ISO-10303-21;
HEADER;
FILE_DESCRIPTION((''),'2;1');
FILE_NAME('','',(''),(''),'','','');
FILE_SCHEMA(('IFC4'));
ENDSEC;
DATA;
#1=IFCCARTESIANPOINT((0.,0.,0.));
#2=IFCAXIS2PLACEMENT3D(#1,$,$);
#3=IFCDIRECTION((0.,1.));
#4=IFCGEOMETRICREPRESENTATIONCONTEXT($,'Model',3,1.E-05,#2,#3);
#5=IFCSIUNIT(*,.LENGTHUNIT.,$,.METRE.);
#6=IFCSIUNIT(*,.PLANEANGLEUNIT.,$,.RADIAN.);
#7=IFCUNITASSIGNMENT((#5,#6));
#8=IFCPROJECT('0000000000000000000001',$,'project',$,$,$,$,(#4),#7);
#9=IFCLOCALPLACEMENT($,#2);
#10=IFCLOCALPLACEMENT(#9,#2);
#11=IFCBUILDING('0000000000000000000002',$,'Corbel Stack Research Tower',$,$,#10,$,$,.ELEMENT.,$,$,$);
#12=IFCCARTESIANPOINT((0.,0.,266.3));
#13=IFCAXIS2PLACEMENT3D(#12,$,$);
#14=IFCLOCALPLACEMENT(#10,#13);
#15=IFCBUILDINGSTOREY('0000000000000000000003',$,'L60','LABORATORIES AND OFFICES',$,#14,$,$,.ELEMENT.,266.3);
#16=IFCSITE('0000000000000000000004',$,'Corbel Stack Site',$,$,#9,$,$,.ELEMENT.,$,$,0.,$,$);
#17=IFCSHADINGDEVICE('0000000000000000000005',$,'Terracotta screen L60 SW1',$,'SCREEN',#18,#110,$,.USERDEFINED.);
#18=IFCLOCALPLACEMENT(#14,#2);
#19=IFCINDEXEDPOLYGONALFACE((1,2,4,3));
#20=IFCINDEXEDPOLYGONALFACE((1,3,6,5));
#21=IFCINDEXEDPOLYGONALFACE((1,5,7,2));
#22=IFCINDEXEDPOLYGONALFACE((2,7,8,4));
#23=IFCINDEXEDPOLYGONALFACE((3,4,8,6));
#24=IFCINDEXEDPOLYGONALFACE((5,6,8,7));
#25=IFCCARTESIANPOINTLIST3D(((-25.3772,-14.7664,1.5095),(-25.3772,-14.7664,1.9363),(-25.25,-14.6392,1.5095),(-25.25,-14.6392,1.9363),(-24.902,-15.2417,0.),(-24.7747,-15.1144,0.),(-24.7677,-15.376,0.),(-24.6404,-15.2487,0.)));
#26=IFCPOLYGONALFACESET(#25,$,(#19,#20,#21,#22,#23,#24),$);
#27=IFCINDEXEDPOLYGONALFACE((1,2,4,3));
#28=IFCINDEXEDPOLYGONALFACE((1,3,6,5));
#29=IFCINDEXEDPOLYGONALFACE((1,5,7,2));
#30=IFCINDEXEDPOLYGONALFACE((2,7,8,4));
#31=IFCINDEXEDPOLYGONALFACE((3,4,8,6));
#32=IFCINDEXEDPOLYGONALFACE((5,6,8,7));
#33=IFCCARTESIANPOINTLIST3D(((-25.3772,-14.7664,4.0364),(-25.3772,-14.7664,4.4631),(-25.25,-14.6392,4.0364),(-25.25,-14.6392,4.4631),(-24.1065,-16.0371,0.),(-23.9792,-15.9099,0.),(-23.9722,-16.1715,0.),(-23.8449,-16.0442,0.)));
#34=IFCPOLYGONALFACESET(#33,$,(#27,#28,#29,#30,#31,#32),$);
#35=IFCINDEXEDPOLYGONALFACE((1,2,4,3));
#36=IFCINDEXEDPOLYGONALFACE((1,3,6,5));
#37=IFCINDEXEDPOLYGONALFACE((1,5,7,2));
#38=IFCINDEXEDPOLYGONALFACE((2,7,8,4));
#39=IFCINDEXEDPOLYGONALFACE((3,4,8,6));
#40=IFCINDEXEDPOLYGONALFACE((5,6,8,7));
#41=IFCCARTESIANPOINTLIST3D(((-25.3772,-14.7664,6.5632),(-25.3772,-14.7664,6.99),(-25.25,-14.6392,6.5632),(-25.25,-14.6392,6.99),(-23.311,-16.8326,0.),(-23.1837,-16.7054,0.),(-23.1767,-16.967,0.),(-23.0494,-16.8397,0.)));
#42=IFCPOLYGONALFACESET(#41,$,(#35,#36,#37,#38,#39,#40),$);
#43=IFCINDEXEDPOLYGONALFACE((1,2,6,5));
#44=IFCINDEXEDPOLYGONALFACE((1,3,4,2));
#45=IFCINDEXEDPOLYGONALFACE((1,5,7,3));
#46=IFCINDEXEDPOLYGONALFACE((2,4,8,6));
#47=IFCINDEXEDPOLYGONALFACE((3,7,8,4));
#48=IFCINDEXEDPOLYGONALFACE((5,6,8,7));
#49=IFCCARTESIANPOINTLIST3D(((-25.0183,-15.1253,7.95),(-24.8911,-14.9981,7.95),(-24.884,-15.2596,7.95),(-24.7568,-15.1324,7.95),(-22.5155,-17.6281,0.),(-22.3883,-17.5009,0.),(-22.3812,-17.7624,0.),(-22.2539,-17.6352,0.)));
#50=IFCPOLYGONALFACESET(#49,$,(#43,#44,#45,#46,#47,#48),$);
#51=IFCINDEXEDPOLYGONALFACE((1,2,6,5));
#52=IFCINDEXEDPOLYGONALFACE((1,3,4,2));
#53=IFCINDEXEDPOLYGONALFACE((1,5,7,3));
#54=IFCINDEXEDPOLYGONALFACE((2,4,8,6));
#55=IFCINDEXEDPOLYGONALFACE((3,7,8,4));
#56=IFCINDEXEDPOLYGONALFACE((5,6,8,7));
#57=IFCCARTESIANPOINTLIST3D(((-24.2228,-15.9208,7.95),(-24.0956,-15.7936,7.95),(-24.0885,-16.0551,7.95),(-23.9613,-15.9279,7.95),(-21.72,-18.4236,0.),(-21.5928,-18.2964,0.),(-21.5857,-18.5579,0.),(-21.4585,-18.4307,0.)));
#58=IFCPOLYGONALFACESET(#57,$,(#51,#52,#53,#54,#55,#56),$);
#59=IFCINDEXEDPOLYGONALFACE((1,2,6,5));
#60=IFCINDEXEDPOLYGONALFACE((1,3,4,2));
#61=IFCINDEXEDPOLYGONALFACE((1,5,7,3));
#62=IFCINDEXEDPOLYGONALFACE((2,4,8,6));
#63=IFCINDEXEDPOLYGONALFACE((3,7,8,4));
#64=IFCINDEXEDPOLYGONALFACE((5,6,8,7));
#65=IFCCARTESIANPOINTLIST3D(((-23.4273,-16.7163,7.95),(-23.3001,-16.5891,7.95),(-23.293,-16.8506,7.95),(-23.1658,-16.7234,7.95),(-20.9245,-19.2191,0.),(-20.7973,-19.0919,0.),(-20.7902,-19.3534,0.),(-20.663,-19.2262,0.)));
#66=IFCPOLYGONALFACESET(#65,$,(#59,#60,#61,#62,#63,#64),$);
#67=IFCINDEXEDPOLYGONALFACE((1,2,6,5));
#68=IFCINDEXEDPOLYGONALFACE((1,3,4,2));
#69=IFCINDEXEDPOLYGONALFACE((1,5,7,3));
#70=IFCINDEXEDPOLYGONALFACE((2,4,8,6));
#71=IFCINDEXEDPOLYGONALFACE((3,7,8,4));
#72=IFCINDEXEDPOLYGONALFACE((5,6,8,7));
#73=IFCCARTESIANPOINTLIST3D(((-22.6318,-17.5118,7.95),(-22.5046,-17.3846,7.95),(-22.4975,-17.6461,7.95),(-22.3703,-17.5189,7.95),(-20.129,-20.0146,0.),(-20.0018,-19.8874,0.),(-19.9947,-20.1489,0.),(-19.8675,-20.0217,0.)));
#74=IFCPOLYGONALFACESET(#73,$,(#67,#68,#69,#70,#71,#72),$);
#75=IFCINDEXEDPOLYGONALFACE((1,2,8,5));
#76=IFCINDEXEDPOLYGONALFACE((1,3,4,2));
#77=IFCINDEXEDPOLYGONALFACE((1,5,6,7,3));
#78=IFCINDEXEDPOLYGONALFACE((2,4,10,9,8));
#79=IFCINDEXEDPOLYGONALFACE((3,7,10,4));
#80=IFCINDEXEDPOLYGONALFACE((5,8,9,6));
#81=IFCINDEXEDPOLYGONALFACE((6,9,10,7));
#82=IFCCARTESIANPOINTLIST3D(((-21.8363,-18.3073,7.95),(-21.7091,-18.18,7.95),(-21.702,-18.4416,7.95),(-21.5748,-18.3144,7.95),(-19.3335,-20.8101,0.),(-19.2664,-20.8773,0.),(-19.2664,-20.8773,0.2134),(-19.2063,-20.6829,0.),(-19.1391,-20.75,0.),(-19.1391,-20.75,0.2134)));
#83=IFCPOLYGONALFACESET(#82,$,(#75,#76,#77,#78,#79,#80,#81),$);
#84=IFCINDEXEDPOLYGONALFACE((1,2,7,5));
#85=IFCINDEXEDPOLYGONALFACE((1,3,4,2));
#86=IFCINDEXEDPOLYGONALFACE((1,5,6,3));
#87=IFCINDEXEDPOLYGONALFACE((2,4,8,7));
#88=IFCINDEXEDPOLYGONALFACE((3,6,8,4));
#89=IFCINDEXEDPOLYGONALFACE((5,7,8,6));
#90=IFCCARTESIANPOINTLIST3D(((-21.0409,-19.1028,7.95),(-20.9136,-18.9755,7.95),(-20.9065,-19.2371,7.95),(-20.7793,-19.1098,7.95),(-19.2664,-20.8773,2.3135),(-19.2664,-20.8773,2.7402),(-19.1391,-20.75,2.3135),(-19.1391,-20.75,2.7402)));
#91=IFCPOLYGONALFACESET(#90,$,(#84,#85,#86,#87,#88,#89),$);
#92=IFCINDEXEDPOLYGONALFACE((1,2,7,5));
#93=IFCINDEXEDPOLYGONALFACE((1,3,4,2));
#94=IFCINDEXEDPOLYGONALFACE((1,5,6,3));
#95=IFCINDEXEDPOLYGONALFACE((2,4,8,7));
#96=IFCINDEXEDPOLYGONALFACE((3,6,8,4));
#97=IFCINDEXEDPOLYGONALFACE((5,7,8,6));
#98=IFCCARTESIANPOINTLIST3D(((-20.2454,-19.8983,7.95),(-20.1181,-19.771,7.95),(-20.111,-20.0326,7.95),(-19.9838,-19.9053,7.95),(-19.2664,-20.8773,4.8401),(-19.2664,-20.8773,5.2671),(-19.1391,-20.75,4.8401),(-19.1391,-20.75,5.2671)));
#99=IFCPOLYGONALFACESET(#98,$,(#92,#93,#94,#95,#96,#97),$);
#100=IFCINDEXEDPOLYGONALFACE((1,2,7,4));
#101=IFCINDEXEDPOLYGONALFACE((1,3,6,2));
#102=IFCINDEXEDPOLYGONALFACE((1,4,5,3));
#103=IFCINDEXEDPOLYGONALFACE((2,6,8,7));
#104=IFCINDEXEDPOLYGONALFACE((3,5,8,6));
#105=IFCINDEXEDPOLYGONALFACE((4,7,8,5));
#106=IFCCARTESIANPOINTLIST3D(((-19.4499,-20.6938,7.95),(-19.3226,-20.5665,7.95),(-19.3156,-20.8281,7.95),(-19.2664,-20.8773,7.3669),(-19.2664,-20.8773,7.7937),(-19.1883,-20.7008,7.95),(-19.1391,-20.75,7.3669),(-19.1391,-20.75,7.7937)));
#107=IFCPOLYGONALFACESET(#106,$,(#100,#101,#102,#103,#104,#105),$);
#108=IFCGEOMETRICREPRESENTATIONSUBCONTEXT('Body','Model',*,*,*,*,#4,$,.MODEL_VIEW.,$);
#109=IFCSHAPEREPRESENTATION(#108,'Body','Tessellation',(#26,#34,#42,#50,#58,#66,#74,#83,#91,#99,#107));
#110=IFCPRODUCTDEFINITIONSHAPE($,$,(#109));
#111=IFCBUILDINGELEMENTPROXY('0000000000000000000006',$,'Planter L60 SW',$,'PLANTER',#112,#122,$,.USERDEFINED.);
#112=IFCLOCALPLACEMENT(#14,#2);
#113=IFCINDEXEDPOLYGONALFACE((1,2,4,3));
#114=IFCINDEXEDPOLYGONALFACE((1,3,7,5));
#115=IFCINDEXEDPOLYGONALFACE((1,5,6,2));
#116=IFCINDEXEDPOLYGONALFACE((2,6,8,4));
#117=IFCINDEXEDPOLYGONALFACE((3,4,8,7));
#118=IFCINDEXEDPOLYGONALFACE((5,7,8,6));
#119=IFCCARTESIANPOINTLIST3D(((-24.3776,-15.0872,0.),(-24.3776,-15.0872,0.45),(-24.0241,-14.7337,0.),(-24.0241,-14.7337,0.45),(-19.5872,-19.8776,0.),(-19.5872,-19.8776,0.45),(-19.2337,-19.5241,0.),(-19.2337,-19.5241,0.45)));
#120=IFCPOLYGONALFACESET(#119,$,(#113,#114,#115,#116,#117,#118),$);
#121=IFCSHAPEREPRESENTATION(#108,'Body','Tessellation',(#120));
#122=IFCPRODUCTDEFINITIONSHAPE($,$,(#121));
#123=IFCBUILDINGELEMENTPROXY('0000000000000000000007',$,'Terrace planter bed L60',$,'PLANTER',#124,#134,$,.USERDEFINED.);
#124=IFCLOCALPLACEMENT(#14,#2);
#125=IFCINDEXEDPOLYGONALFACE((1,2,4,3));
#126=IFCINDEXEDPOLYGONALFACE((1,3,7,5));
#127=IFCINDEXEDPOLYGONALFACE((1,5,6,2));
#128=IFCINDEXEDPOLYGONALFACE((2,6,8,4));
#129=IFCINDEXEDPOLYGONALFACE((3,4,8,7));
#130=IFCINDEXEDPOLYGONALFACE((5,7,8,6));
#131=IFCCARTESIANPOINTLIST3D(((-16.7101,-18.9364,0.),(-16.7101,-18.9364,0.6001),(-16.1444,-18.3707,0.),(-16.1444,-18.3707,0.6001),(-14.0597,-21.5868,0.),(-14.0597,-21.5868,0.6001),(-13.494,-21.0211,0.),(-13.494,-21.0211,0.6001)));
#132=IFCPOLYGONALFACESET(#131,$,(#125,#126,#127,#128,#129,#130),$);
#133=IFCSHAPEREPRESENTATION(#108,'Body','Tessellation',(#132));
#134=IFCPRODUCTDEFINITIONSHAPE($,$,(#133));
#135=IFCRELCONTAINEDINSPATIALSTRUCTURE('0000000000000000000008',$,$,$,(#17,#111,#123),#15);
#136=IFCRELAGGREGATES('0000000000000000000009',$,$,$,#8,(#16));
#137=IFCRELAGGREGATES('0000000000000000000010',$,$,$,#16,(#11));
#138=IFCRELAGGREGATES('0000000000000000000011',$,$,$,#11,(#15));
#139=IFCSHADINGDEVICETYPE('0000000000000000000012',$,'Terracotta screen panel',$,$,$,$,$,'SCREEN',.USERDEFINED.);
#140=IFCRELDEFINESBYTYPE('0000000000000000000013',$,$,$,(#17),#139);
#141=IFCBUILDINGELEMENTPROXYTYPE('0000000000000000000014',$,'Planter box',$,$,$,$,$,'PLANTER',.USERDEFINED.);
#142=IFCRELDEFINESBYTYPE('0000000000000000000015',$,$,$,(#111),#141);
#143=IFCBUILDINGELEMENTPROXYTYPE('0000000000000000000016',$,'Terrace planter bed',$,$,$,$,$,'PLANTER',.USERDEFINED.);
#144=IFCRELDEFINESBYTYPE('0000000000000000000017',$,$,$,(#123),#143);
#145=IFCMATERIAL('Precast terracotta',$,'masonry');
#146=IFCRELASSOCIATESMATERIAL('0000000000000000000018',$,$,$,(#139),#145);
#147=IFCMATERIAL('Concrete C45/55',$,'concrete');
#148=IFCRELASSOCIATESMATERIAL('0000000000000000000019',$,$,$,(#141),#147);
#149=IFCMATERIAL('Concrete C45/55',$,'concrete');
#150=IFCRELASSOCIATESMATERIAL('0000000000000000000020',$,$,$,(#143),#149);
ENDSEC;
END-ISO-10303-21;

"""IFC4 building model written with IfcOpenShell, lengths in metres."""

from ifc_helpers import new_model, si_unit, direction, frame, origin, origin_2d, place, context, subcontext, project, spatial, polyline, rectangle, outline, extrude, source, transform, mapped, material, type_object, element, save


model = new_model("IFC4")

# Units and contexts
model_context = context("Model", 3, precision=1e-05, world=origin(), true_north=direction((0.0, 1.0)))
body_context = subcontext(model_context, "Body", "Model", "MODEL_VIEW")
ifc_project = project(units=[si_unit("LENGTHUNIT", "METRE"), si_unit("PLANEANGLEUNIT", "RADIAN")], contexts=[model_context])

# Site, building, storey
site_placement = place(None, origin())
site = spatial("IfcSite", under=ifc_project, at=site_placement, Name="Corbel Stack Site", CompositionType="ELEMENT", RefElevation=0.0)
building_placement = place(site_placement, origin())
building = spatial("IfcBuilding", under=site, at=building_placement, Name="Corbel Stack Research Tower", CompositionType="ELEMENT")
storey_placement = place(building_placement, frame((0.0, 0.0, 266.3)))
storey = spatial("IfcBuildingStorey", under=building, at=storey_placement, Name="L60", Description="LABORATORIES AND OFFICES", CompositionType="ELEMENT", Elevation=266.3)

# Shading device
ifc_material_1 = material(Name="Precast terracotta", Category="masonry")
shading_device_type = type_object("IfcShadingDeviceType", Name="Terracotta screen panel", ElementType="SCREEN", PredefinedType="USERDEFINED", material=ifc_material_1)
shared_shape_1 = source(origin(), body_context, "Body", "SweptSolid", [
    extrude(outline(polyline([(0.8621, 0.0), (0.0, 1.9363), (0.0, 1.5095), (0.6721, 0.0), (0.8621, 0.0)])), frame((0.0, 0.0, 0.0), z_axis=(0.0, -1.0, 0.0), x_axis=(1.0, 0.0, 0.0)), (0.0, 0.0, 1.0), 0.1799),
    extrude(outline(polyline([(1.9871, 0.0), (0.0, 4.4631), (0.0, 4.0364), (1.7971, 0.0), (1.9871, 0.0)])), frame((0.0, 0.0, 0.0), z_axis=(0.0, -1.0, 0.0), x_axis=(1.0, 0.0, 0.0)), (0.0, 0.0, 1.0), 0.1799),
    extrude(outline(polyline([(3.1121, 0.0), (0.0, 6.99), (0.0, 6.5632), (2.9221, 0.0), (3.1121, 0.0)])), frame((0.0, 0.0, 0.0), z_axis=(0.0, -1.0, 0.0), x_axis=(1.0, 0.0, 0.0)), (0.0, 0.0, 1.0), 0.1799),
    extrude(outline(polyline([(4.2371, 0.0), (0.6975, 7.95), (0.5076, 7.95), (4.0471, 0.0), (4.2371, 0.0)])), frame((0.0, 0.0, 0.0), z_axis=(0.0, -1.0, 0.0), x_axis=(1.0, 0.0, 0.0)), (0.0, 0.0, 1.0), 0.1799),
    extrude(outline(polyline([(5.3621, 0.0), (1.8225, 7.95), (1.6326, 7.95), (5.1721, 0.0), (5.3621, 0.0)])), frame((0.0, 0.0, 0.0), z_axis=(0.0, -1.0, 0.0), x_axis=(1.0, 0.0, 0.0)), (0.0, 0.0, 1.0), 0.1799),
    extrude(outline(polyline([(6.4871, 0.0), (2.9475, 7.95), (2.7576, 7.95), (6.2971, 0.0), (6.4871, 0.0)])), frame((0.0, 0.0, 0.0), z_axis=(0.0, -1.0, 0.0), x_axis=(1.0, 0.0, 0.0)), (0.0, 0.0, 1.0), 0.1799),
    extrude(outline(polyline([(7.6121, 0.0), (4.0725, 7.95), (3.8826, 7.95), (7.4221, 0.0), (7.6121, 0.0)])), frame((0.0, 0.0, 0.0), z_axis=(0.0, -1.0, 0.0), x_axis=(1.0, 0.0, 0.0)), (0.0, 0.0, 1.0), 0.1799),
    extrude(outline(polyline([(8.6421, 0.0), (8.6421, 0.2134), (5.1975, 7.95), (5.0076, 7.95), (8.5471, 0.0), (8.6421, 0.0)])), frame((0.0, 0.0, 0.0), z_axis=(0.0, -1.0, 0.0), x_axis=(1.0, 0.0, 0.0)), (0.0, 0.0, 1.0), 0.1799),
    extrude(outline(polyline([(6.3225, 7.95), (6.1326, 7.95), (8.6421, 2.3135), (8.6421, 2.7402), (6.3225, 7.95)])), frame((0.0, 0.0, 0.0), z_axis=(0.0, -1.0, 0.0), x_axis=(1.0, 0.0, 0.0)), (0.0, 0.0, 1.0), 0.1799),
    extrude(outline(polyline([(7.4475, 7.95), (7.2576, 7.95), (8.6421, 4.8401), (8.6421, 5.2671), (7.4475, 7.95)])), frame((0.0, 0.0, 0.0), z_axis=(0.0, -1.0, 0.0), x_axis=(1.0, 0.0, 0.0)), (0.0, 0.0, 1.0), 0.1799),
    extrude(outline(polyline([(8.5725, 7.95), (8.3826, 7.95), (8.6421, 7.3669), (8.6421, 7.7937), (8.5725, 7.95)])), frame((0.0, 0.0, 0.0), z_axis=(0.0, -1.0, 0.0), x_axis=(1.0, 0.0, 0.0)), (0.0, 0.0, 1.0), 0.1799),
])
shading_device_1_placement = place(storey_placement, frame((-25.25, -14.6392, 0.0), z_axis=(0.0, 0.0, 1.0), x_axis=(0.707107, -0.707107, 0.0)))
element("IfcShadingDevice", 1, at=shading_device_1_placement, inside=storey, type_object=shading_device_type, Name="Terracotta screen L60 SW1", ObjectType="SCREEN", PredefinedType="USERDEFINED", context=body_context, shape_type="MappedRepresentation", body=[
    mapped(shared_shape_1, transform((0.0, 0.0, 0.0))),
])

# Building element proxies
ifc_material_2 = material(Name="Concrete C45/55", Category="concrete")
building_element_proxy_type_1 = type_object("IfcBuildingElementProxyType", Name="Planter box", ElementType="PLANTER", PredefinedType="USERDEFINED", material=ifc_material_2)
proxy_1_placement = place(storey_placement, frame((-21.8057, -17.3057, 0.0), z_axis=(0.0, 0.0, 1.0), x_axis=(0.707107, -0.707107, 0.0)))
element("IfcBuildingElementProxy", 2, at=proxy_1_placement, inside=storey, type_object=building_element_proxy_type_1, Name="Planter L60 SW", ObjectType="PLANTER", PredefinedType="USERDEFINED", context=body_context, shape_type="SweptSolid", body=[
    extrude(rectangle(XDim=6.7747, YDim=0.5, at=origin_2d()), origin(), (0.0, 0.0, 1.0), 0.45),
])
ifc_material_3 = material(Name="Concrete C45/55", Category="concrete")
building_element_proxy_type_2 = type_object("IfcBuildingElementProxyType", Name="Terrace planter bed", ElementType="PLANTER", PredefinedType="USERDEFINED", material=ifc_material_3)
proxy_2_placement = place(storey_placement, frame((-15.1021, -19.9788, 0.0), z_axis=(0.0, 0.0, 1.0), x_axis=(-0.707107, 0.707107, 0.0)))
element("IfcBuildingElementProxy", 3, at=proxy_2_placement, inside=storey, type_object=building_element_proxy_type_2, Name="Terrace planter bed L60", ObjectType="PLANTER", PredefinedType="USERDEFINED", context=body_context, shape_type="SweptSolid", body=[
    extrude(rectangle(XDim=3.7483, YDim=0.8, at=origin_2d()), origin(), (0.0, 0.0, 1.0), 0.6001),
])

save(model, "model.ifc")
